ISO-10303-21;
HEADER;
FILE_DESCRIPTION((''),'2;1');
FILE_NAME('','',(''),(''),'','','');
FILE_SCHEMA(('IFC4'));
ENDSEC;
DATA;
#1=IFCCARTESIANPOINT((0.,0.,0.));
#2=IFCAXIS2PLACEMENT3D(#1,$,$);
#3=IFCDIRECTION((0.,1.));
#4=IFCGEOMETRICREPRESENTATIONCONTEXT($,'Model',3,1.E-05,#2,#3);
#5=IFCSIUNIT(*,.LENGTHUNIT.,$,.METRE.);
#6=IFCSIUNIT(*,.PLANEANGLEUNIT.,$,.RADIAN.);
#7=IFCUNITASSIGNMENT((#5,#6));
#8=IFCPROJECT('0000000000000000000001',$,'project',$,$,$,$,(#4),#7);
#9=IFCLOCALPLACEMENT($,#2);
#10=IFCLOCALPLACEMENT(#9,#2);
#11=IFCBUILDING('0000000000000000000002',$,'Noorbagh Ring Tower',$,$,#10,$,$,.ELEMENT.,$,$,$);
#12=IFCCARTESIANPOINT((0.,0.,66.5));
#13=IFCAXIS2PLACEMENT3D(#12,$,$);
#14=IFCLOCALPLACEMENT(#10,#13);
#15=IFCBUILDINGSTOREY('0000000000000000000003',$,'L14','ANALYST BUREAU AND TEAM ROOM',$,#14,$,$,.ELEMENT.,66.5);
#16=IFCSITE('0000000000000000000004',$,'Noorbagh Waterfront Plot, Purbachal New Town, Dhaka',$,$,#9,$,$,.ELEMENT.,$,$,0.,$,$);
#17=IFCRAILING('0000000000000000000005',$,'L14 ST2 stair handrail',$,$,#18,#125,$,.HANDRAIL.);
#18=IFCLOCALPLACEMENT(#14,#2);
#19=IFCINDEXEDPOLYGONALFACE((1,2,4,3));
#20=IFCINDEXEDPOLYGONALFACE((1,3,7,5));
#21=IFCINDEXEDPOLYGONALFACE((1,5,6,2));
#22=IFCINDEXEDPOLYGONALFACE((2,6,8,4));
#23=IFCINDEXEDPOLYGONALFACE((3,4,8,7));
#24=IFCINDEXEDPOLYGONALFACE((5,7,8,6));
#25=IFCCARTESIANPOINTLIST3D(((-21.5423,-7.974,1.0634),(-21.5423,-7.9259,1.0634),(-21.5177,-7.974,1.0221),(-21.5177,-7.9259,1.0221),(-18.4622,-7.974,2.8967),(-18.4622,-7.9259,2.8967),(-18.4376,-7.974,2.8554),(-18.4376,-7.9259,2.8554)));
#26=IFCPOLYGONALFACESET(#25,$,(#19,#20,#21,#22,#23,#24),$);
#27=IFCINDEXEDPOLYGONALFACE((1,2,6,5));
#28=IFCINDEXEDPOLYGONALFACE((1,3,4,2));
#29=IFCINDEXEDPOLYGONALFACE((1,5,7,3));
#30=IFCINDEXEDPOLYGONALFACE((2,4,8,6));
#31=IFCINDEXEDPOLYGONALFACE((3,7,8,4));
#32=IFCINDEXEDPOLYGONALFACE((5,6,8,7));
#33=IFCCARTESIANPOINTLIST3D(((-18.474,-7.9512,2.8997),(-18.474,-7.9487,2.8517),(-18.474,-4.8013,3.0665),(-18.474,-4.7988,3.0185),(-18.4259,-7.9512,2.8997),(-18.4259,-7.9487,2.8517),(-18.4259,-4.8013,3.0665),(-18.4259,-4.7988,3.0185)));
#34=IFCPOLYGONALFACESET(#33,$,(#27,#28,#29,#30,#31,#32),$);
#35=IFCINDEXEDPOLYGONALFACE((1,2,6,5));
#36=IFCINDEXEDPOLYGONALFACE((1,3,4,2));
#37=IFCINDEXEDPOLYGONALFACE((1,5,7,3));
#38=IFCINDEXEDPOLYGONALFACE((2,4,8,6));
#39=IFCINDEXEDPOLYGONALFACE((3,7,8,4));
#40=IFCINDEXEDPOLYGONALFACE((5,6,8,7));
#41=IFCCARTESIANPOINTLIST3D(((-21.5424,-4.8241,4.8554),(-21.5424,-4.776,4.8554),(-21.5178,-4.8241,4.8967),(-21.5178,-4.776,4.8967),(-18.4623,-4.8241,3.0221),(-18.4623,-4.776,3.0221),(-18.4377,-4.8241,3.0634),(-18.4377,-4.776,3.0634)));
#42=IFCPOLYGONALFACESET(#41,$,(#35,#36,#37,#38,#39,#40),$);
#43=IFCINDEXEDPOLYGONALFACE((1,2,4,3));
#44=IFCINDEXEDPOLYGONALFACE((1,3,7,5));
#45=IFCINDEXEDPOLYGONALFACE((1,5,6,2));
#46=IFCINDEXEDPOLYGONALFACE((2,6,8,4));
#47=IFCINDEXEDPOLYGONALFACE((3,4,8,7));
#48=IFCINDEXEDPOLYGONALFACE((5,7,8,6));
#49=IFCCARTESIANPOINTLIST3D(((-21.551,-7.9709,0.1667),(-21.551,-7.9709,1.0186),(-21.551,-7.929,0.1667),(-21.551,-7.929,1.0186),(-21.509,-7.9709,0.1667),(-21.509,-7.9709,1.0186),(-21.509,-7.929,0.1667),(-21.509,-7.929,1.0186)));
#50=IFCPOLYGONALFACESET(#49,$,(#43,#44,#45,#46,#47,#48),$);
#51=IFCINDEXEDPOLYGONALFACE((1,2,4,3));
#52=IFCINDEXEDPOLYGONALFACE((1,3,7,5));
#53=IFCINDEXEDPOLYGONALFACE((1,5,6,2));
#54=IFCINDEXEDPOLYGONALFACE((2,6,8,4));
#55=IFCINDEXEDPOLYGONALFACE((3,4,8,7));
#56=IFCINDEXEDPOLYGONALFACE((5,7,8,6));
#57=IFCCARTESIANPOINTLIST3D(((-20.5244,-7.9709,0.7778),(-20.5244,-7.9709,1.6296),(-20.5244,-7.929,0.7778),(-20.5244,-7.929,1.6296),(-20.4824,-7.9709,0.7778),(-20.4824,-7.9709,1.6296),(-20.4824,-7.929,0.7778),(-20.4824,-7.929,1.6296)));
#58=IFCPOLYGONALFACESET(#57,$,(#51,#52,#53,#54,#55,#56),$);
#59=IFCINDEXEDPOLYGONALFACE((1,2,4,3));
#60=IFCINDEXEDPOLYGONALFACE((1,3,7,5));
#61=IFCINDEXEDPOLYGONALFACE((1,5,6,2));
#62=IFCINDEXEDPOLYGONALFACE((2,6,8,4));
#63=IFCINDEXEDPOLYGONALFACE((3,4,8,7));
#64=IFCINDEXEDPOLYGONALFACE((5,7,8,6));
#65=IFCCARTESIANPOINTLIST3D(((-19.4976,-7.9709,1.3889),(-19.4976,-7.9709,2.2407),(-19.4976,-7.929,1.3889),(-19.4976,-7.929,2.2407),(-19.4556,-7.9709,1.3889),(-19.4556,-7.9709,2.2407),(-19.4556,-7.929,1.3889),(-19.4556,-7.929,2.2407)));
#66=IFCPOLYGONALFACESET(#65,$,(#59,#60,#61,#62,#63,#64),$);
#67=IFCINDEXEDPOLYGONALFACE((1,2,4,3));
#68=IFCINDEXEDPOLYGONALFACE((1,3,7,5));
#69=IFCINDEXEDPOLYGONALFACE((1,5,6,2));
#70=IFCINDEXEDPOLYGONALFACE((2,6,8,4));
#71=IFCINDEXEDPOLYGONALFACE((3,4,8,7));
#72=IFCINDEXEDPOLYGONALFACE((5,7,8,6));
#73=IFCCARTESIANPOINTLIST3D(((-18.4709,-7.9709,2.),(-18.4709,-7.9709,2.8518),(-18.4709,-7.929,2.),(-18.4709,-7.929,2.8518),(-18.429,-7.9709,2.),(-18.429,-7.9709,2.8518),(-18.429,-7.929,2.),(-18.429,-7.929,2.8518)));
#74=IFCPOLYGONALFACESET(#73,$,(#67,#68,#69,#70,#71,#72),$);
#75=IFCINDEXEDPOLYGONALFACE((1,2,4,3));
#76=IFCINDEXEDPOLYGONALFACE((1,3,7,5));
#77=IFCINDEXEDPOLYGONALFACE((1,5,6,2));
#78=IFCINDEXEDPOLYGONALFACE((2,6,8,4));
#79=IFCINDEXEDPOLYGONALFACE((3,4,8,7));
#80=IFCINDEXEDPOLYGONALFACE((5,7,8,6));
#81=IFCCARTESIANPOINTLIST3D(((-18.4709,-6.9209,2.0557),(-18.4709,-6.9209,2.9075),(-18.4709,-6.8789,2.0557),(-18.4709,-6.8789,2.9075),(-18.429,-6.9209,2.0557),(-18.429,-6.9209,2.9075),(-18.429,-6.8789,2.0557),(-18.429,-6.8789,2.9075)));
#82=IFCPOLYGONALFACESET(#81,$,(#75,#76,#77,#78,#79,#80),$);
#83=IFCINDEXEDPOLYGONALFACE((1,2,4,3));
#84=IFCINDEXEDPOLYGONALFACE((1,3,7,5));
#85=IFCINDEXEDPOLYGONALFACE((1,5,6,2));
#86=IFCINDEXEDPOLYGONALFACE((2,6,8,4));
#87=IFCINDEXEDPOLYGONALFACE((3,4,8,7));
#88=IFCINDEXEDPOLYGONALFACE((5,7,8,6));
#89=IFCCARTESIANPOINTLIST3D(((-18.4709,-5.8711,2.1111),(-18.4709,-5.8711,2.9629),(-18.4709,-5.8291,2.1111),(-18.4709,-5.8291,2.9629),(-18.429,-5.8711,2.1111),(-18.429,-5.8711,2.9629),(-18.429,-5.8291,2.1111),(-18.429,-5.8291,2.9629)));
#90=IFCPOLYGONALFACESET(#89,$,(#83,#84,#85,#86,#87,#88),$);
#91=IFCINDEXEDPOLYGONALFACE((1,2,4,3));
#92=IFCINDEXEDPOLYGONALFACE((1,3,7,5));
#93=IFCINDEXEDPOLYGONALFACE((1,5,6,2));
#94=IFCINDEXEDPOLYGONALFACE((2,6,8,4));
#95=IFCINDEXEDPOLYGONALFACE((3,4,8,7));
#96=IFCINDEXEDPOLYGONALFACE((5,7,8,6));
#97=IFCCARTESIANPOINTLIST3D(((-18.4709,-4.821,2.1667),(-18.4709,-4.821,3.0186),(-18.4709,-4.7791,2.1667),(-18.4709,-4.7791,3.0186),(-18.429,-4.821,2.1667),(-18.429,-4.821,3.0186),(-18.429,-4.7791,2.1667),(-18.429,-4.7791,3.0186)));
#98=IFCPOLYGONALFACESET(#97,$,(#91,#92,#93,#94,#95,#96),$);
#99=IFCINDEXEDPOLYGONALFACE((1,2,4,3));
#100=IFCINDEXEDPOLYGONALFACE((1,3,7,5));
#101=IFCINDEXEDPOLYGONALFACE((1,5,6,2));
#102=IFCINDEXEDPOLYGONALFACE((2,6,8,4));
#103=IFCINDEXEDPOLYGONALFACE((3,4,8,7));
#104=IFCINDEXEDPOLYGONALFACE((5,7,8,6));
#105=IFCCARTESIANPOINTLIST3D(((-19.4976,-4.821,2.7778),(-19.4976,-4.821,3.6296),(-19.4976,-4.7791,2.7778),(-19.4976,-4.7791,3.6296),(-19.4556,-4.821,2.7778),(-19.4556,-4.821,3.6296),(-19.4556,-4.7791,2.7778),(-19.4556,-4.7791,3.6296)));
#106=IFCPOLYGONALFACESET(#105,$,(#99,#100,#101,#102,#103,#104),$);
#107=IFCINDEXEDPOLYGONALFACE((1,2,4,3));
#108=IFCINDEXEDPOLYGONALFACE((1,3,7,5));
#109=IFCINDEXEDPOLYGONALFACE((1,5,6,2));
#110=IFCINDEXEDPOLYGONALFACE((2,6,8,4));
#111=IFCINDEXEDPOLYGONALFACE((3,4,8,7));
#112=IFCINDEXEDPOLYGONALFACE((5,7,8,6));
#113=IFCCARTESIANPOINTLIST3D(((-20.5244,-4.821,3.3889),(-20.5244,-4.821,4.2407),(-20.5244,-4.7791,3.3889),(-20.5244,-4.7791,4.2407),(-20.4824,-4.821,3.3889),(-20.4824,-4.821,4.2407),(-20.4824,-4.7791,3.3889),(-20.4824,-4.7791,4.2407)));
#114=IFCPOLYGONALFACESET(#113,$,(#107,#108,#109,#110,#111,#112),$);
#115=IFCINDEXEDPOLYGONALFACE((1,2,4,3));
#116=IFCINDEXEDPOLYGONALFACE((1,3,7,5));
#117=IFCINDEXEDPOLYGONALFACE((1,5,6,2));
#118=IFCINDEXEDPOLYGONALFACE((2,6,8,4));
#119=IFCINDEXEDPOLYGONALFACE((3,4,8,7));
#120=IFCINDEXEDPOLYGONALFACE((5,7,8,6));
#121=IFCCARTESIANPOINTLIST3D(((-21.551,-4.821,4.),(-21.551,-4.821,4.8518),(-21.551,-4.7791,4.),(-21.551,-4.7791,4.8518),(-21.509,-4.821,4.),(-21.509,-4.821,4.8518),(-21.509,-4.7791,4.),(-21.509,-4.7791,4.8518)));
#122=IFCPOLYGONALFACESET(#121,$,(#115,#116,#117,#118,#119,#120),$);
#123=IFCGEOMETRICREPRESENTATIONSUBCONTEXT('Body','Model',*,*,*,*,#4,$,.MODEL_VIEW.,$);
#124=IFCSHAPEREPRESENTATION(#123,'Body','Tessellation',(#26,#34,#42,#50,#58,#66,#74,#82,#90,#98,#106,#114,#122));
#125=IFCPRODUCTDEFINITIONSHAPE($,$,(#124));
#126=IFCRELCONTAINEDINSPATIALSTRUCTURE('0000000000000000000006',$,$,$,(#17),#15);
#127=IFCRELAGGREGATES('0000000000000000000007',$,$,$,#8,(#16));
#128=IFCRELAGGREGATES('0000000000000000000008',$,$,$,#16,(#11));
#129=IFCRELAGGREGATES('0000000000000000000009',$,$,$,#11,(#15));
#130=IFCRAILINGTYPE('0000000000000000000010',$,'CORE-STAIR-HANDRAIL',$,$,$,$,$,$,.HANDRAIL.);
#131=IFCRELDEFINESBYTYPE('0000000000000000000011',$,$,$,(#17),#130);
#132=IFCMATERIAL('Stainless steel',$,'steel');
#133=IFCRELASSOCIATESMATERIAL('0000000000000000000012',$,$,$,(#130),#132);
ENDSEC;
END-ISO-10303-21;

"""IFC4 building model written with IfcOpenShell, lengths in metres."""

from ifc_helpers import new_model, si_unit, direction, frame, origin, origin_2d, place, context, subcontext, project, spatial, rectangle, extrude, material, type_object, element, save


model = new_model("IFC4")

# Units and contexts
model_context = context("Model", 3, precision=1e-05, world=origin(), true_north=direction((0.0, 1.0)))
body_context = subcontext(model_context, "Body", "Model", "MODEL_VIEW")
ifc_project = project(units=[si_unit("LENGTHUNIT", "METRE"), si_unit("PLANEANGLEUNIT", "RADIAN")], contexts=[model_context])

# Site, building, storey
site_placement = place(None, origin())
site = spatial("IfcSite", under=ifc_project, at=site_placement, Name="Noorbagh Waterfront Plot, Purbachal New Town, Dhaka", CompositionType="ELEMENT", RefElevation=0.0)
building_placement = place(site_placement, origin())
building = spatial("IfcBuilding", under=site, at=building_placement, Name="Noorbagh Ring Tower", CompositionType="ELEMENT")
storey_placement = place(building_placement, frame((0.0, 0.0, 66.5)))
storey = spatial("IfcBuildingStorey", under=building, at=storey_placement, Name="L14", Description="ANALYST BUREAU AND TEAM ROOM", CompositionType="ELEMENT", Elevation=66.5)

# Railing
ifc_material_1 = material(Name="Stainless steel", Category="steel")
railing_type_1 = type_object("IfcRailingType", Name="CORE-STAIR-HANDRAIL", PredefinedType="HANDRAIL", material=ifc_material_1)
railing_1_placement = place(storey_placement, frame((-21.53, -7.95, 0.1667)))
element("IfcRailing", 1, at=railing_1_placement, inside=storey, type_object=railing_type_1, Name="L14 ST2 stair handrail", PredefinedType="HANDRAIL", context=body_context, shape_type="SweptSolid", body=[
    extrude(rectangle(XDim=0.0481, YDim=0.0481, at=origin_2d()), frame((0.0, 0.0, 0.876), z_axis=(0.859309, 0.0, 0.511458), x_axis=(0.0, 1.0, 0.0)), (0.0, 0.0, 1.0), 3.5845),
    extrude(rectangle(XDim=0.0481, YDim=0.0481, at=origin_2d()), frame((3.0801, 0.0, 2.709), z_axis=(0.0, 0.998602, 0.052864), x_axis=(-1.0, 0.0, 0.0)), (0.0, 0.0, 1.0), 3.1543),
    extrude(rectangle(XDim=0.0481, YDim=0.0481, at=origin_2d()), frame((3.0801, 3.1499, 2.876), z_axis=(-0.859309, 0.0, 0.511458), x_axis=(0.0, -1.0, 0.0)), (0.0, 0.0, 1.0), 3.5845),
    extrude(rectangle(XDim=0.042, YDim=0.042, at=origin_2d()), origin(), (0.0, 0.0, 1.0), 0.8518),
    extrude(rectangle(XDim=0.042, YDim=0.042, at=origin_2d()), frame((1.0266, 0.0, 0.6111)), (0.0, 0.0, 1.0), 0.8518),
    extrude(rectangle(XDim=0.042, YDim=0.042, at=origin_2d()), frame((2.0535, 0.0, 1.2222)), (0.0, 0.0, 1.0), 0.8518),
    extrude(rectangle(XDim=0.042, YDim=0.042, at=origin_2d()), frame((3.0801, 0.0, 1.8333)), (0.0, 0.0, 1.0), 0.8518),
    extrude(rectangle(XDim=0.042, YDim=0.042, at=origin_2d()), frame((3.0801, 1.05, 1.8889)), (0.0, 0.0, 1.0), 0.8518),
    extrude(rectangle(XDim=0.042, YDim=0.042, at=origin_2d()), frame((3.0801, 2.0999, 1.9443)), (0.0, 0.0, 1.0), 0.8518),
    extrude(rectangle(XDim=0.042, YDim=0.042, at=origin_2d()), frame((3.0801, 3.1499, 2.0)), (0.0, 0.0, 1.0), 0.8518),
    extrude(rectangle(XDim=0.042, YDim=0.042, at=origin_2d()), frame((2.0535, 3.1499, 2.6111)), (0.0, 0.0, 1.0), 0.8518),
    extrude(rectangle(XDim=0.042, YDim=0.042, at=origin_2d()), frame((1.0266, 3.1499, 3.2222)), (0.0, 0.0, 1.0), 0.8518),
    extrude(rectangle(XDim=0.042, YDim=0.042, at=origin_2d()), frame((0.0, 3.1499, 3.8333)), (0.0, 0.0, 1.0), 0.8518),
])

save(model, "model.ifc")
